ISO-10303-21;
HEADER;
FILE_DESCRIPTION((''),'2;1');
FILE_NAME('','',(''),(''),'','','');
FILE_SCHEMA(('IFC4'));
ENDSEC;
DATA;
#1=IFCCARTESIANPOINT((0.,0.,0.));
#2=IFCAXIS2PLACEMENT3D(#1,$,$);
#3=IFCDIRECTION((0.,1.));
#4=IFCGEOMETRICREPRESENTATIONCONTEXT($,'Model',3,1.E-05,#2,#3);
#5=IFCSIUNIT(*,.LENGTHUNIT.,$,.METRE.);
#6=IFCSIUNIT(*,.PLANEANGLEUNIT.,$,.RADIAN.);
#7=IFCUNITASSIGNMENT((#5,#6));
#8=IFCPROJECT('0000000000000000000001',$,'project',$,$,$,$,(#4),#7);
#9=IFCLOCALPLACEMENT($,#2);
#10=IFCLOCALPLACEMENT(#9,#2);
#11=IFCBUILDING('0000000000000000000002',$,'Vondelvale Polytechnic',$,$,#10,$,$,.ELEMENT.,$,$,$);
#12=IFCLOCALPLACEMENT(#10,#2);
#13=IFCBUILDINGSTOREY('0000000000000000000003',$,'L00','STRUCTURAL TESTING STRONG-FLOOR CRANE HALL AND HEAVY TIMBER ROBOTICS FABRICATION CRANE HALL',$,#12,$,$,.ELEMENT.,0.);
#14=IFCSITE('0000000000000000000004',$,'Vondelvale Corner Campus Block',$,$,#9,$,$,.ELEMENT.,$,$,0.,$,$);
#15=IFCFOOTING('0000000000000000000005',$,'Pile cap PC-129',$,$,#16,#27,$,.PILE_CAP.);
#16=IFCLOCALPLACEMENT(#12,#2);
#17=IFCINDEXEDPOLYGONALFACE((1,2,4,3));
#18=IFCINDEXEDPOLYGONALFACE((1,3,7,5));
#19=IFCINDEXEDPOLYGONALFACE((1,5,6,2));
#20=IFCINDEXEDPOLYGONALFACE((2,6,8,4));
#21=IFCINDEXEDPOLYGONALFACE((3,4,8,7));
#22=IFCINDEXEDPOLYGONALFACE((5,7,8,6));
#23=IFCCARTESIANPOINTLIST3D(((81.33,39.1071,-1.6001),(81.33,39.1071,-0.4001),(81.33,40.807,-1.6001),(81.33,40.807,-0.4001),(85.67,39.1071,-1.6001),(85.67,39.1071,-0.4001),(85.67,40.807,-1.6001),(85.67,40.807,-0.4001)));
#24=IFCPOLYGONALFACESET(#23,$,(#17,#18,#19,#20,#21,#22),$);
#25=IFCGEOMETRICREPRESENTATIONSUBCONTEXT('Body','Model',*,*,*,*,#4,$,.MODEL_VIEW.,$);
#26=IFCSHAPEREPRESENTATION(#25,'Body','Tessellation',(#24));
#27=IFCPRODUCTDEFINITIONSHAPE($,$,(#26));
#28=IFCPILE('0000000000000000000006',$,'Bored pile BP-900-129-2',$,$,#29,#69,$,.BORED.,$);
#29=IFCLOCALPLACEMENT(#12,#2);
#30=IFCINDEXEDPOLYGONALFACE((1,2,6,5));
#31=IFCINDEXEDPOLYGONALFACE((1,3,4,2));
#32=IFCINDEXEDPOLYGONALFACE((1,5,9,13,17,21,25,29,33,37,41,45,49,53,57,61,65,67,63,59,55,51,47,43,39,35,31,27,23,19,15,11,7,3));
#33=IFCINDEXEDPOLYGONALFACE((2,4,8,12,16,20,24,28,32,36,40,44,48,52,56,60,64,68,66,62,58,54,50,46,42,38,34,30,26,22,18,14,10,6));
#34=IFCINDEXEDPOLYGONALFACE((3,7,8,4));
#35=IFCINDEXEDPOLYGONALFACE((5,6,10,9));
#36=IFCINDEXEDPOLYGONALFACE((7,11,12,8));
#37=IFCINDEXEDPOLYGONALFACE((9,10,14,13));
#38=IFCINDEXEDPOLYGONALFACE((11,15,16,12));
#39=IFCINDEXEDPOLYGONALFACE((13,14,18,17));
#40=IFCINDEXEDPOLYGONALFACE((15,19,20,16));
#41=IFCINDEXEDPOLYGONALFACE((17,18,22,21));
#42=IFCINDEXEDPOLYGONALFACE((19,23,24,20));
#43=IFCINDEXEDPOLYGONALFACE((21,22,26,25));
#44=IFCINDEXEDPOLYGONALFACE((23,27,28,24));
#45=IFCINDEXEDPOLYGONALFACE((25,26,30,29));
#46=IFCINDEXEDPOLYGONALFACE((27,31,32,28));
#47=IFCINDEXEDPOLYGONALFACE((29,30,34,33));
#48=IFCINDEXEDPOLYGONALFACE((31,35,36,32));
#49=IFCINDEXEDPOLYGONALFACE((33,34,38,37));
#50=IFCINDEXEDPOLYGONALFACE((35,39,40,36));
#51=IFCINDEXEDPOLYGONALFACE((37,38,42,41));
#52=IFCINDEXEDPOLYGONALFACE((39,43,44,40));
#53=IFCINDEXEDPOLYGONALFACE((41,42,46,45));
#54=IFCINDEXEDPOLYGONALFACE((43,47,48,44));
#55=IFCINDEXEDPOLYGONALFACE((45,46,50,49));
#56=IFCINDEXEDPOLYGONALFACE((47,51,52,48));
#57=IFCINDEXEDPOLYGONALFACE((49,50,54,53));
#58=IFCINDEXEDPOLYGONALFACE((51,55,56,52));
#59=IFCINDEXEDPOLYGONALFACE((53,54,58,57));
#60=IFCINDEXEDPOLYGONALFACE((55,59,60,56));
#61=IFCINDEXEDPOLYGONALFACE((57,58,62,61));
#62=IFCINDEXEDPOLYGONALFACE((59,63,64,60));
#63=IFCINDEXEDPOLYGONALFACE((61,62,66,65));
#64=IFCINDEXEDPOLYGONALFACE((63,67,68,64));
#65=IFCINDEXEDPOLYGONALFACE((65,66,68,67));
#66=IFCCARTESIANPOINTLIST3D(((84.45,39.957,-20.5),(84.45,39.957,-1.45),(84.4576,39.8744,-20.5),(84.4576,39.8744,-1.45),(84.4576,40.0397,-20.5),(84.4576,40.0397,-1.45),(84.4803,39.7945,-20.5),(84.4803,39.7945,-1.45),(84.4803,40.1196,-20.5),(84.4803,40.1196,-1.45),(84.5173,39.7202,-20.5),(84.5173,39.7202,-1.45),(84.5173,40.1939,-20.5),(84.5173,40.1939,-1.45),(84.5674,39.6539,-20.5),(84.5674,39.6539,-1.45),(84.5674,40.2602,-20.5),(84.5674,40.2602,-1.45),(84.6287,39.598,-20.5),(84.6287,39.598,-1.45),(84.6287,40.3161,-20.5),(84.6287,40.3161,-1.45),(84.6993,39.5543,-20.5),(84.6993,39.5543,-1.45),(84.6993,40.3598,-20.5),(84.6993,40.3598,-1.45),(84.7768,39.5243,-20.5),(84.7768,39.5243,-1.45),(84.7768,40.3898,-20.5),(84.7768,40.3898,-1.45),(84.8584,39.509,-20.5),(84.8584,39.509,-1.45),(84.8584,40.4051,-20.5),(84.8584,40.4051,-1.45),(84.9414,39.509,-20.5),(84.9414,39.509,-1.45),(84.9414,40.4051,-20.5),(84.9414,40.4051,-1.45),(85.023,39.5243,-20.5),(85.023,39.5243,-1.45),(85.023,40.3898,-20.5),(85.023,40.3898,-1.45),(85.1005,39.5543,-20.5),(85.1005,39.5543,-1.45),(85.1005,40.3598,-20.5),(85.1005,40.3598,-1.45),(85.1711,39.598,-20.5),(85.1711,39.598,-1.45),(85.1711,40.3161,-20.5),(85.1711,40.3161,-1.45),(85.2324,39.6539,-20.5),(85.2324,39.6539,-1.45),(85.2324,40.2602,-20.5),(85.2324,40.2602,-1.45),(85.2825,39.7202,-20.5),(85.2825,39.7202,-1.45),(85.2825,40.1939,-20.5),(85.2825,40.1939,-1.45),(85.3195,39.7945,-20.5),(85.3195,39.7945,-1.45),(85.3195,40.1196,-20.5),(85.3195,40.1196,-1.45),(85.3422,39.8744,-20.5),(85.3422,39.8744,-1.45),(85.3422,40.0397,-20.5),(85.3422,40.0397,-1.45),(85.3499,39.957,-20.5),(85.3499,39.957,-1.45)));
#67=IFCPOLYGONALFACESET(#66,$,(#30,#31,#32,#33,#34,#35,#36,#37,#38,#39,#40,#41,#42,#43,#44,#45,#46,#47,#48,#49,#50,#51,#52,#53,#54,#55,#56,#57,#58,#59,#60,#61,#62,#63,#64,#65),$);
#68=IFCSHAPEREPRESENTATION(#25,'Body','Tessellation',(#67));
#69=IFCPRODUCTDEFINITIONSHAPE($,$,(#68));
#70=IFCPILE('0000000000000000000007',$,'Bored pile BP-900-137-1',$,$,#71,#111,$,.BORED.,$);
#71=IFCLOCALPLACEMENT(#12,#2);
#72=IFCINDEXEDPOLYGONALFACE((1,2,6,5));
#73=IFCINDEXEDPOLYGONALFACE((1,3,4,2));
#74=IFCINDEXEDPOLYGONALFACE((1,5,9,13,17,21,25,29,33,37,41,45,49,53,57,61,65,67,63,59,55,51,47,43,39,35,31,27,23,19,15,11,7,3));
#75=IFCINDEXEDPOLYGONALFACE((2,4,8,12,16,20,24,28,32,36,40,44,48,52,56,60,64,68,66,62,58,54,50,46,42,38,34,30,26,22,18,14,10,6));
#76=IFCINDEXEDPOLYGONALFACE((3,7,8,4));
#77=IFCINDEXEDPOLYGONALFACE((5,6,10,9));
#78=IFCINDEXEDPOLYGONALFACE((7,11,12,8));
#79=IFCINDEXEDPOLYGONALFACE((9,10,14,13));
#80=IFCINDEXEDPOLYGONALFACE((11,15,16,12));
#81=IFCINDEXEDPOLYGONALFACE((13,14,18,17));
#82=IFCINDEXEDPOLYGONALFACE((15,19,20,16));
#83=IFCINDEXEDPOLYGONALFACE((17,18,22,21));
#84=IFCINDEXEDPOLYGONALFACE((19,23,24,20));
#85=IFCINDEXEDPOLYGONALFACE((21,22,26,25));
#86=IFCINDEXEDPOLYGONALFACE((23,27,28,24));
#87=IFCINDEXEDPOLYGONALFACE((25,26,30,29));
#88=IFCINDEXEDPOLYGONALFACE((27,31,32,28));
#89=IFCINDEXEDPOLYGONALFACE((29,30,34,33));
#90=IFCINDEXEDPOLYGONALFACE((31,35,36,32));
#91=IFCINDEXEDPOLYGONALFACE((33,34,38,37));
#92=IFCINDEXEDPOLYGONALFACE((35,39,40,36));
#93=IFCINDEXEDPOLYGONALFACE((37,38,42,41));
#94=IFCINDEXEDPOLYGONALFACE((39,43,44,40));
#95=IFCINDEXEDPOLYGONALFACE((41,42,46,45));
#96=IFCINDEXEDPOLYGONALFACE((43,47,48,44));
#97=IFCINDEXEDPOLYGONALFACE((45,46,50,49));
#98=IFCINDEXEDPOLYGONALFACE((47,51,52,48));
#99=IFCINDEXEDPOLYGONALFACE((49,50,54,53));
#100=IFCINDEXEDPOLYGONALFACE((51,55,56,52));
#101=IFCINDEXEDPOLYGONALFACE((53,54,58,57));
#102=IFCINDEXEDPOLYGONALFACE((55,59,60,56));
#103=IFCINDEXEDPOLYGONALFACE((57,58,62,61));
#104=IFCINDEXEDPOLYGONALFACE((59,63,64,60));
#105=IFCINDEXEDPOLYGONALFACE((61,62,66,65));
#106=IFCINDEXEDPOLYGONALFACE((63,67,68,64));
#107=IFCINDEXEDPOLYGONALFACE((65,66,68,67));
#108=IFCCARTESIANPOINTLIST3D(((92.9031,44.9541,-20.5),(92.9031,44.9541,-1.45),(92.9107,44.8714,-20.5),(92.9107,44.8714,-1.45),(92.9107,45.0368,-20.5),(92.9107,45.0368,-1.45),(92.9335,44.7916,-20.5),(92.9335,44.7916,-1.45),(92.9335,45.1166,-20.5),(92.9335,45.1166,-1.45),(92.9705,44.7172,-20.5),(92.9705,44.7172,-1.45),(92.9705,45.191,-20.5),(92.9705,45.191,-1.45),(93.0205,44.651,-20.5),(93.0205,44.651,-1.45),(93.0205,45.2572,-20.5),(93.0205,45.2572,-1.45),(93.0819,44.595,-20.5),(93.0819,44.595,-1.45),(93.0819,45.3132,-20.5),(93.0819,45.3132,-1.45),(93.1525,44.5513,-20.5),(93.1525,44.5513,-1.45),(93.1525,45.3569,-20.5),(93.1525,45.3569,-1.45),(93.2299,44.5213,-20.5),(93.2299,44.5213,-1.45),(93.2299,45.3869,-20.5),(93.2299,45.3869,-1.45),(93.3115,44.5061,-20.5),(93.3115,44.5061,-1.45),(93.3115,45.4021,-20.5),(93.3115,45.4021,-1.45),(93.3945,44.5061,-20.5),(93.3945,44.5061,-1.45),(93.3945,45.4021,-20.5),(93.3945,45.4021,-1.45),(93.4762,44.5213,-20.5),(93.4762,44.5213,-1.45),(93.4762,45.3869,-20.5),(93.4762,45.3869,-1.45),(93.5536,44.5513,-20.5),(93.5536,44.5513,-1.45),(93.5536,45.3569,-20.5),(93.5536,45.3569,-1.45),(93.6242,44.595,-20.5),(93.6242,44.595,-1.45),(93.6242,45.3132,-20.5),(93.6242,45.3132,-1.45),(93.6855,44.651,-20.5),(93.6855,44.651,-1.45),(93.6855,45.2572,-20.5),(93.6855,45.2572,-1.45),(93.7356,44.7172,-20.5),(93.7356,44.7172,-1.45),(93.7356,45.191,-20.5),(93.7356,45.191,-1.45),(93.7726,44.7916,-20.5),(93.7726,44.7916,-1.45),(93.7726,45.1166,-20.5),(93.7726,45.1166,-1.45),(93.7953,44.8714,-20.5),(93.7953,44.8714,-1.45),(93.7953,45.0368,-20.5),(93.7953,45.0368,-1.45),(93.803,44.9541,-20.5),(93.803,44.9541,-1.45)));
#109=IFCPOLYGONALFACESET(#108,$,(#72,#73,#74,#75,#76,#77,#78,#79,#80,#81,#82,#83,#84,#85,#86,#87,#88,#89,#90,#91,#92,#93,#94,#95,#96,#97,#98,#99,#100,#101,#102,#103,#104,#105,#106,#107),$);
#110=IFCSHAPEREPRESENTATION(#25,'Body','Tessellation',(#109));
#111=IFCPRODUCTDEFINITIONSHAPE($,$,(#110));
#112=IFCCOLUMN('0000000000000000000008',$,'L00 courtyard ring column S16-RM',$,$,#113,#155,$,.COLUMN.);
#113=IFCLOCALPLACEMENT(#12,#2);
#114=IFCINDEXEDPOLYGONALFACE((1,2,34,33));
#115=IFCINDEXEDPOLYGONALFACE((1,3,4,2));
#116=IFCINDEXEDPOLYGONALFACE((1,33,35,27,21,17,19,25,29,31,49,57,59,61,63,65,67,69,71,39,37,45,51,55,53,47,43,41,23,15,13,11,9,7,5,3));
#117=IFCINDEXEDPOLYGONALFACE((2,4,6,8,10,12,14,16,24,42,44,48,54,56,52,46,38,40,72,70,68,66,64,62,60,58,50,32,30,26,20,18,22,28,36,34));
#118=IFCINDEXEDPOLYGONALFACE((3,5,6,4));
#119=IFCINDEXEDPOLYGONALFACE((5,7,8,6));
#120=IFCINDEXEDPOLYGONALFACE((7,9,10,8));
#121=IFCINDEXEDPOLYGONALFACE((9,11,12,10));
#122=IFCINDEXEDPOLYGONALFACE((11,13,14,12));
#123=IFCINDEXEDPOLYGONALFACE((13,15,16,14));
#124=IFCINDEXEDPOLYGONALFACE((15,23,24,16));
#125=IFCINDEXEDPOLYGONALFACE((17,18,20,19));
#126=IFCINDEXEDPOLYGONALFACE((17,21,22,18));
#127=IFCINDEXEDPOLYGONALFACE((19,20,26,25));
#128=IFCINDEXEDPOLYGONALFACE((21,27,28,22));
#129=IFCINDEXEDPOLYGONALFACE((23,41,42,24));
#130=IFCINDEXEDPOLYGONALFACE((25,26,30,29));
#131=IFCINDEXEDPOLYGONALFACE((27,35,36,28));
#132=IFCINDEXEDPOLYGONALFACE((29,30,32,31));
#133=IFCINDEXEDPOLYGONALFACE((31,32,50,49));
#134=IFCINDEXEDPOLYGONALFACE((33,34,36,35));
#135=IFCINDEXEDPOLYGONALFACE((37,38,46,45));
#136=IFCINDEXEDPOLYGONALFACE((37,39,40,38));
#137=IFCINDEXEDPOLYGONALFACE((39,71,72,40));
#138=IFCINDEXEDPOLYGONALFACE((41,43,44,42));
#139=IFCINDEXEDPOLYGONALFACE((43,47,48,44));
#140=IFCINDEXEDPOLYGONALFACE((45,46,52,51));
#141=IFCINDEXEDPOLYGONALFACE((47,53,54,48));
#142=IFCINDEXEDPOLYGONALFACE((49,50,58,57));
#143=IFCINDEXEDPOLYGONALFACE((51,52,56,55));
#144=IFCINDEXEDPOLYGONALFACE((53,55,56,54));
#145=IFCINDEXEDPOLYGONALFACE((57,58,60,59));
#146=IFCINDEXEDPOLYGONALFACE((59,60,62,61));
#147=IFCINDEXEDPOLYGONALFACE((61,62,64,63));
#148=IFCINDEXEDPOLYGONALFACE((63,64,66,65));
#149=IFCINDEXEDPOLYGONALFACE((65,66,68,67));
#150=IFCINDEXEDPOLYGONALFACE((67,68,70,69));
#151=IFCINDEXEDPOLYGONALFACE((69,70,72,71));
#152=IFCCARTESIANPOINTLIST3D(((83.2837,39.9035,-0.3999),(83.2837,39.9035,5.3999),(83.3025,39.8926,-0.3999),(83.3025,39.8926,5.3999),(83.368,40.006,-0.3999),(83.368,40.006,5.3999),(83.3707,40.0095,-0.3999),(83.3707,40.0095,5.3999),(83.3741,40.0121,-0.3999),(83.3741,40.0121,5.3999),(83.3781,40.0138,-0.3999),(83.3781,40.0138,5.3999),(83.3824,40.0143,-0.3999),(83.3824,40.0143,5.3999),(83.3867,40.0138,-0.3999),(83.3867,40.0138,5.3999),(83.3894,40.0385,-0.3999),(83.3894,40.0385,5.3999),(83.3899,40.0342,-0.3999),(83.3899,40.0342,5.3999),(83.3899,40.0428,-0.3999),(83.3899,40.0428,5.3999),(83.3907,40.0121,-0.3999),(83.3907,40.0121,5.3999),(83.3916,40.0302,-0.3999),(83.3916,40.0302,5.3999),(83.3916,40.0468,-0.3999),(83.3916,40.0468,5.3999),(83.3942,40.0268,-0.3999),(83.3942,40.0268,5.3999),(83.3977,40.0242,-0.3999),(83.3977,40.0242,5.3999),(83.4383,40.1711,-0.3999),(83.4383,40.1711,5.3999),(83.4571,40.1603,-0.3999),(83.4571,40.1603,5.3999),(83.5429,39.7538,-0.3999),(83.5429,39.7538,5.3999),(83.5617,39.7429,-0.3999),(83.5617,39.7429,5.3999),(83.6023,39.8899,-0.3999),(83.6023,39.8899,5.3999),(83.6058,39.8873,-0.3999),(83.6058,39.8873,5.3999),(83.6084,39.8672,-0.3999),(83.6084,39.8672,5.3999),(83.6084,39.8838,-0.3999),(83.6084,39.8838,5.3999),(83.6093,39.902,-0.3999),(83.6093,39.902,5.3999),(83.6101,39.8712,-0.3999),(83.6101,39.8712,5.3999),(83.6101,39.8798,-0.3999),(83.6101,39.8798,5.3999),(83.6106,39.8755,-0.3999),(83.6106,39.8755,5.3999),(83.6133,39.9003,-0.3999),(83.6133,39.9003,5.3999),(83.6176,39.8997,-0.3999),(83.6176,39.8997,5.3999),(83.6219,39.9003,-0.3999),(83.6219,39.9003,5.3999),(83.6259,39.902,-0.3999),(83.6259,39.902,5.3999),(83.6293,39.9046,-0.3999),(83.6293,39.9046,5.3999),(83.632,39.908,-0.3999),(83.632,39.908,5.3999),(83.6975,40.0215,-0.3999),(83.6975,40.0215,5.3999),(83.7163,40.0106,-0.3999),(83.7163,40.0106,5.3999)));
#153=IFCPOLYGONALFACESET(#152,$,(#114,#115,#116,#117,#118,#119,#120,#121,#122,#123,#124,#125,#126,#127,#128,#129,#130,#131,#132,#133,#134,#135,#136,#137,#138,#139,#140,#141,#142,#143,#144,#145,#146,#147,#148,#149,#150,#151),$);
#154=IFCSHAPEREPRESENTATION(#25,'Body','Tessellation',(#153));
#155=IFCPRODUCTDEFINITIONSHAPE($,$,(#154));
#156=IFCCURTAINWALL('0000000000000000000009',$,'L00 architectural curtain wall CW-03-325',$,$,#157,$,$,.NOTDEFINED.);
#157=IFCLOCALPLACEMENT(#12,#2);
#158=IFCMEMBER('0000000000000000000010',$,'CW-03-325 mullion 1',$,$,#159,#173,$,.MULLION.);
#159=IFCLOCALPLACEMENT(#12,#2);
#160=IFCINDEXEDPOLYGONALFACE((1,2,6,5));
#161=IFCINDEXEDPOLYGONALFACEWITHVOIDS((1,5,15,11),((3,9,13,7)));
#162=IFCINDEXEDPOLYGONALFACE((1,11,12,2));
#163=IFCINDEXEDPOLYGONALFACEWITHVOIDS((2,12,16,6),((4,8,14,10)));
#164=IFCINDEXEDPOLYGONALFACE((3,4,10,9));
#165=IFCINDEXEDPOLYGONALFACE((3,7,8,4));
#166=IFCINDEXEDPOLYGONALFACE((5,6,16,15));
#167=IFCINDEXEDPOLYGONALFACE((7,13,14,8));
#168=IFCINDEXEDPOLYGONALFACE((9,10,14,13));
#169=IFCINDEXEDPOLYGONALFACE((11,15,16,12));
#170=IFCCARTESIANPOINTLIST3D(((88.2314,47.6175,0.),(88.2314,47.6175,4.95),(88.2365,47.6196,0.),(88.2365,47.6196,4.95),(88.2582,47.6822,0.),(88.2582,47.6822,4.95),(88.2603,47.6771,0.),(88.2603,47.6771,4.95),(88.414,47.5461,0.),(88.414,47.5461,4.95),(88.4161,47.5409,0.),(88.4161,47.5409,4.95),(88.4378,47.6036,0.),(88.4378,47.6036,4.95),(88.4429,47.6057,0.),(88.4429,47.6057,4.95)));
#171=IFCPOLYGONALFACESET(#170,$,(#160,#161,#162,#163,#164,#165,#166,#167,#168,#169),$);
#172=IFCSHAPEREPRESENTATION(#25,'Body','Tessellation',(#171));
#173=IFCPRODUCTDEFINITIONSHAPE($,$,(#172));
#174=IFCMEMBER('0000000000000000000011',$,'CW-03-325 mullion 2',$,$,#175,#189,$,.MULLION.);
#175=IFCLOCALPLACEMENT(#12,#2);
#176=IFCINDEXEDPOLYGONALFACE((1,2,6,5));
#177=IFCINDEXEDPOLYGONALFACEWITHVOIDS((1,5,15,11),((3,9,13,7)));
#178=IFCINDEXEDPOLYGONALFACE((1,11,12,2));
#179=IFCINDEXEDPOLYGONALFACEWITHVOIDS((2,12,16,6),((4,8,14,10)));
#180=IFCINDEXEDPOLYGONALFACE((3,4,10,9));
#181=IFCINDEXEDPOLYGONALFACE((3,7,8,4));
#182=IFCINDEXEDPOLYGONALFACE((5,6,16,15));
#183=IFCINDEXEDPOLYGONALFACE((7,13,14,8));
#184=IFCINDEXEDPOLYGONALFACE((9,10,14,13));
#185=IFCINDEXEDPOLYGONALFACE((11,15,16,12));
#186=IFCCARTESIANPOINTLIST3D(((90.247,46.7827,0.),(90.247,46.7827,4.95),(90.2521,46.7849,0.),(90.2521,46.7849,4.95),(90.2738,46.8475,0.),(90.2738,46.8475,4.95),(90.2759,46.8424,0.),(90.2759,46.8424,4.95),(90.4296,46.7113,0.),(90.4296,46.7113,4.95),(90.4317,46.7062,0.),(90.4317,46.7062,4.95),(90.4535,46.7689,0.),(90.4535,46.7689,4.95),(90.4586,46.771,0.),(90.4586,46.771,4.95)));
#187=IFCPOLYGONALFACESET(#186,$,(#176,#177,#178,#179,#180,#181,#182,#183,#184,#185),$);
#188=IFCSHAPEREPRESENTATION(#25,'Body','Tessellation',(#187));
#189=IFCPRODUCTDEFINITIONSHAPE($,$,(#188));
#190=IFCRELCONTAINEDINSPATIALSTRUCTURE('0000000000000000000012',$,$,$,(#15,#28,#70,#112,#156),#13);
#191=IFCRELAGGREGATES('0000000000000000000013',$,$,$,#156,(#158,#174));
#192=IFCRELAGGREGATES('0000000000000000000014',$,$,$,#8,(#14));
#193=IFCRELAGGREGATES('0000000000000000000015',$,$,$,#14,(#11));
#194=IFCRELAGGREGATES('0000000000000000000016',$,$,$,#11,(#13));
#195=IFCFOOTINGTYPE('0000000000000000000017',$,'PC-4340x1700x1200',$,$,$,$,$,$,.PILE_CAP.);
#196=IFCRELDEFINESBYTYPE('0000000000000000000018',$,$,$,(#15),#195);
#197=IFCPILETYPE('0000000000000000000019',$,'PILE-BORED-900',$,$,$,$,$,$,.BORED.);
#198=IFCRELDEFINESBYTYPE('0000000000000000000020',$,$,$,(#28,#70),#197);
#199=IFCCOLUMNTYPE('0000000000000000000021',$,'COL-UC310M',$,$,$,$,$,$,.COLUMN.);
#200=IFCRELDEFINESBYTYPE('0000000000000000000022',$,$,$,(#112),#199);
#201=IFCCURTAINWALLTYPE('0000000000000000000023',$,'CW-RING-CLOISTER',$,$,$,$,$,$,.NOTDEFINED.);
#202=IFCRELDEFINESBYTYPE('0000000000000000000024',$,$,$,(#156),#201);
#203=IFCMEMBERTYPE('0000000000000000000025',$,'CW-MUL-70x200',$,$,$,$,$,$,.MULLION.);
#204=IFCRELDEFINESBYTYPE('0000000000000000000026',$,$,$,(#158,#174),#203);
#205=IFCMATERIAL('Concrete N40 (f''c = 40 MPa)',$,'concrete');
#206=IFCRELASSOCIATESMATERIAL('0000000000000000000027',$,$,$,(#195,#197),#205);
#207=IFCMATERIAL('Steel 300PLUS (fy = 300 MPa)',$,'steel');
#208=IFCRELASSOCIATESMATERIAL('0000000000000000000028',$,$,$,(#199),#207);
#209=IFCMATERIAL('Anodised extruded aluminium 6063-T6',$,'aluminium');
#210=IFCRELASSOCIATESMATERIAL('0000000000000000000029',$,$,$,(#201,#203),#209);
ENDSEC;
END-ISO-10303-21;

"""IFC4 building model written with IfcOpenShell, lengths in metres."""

from ifc_helpers import new_model, si_unit, direction, frame, origin, origin_2d, place, context, subcontext, project, spatial, rectangle, hollow_rectangle, circle, i_section, extrude, material, material_profile, profile_set, type_object, element, aggregate, save


model = new_model("IFC4")

# Units and contexts
model_context = context("Model", 3, precision=1e-05, world=origin(), true_north=direction((0.0, 1.0)))
body_context = subcontext(model_context, "Body", "Model", "MODEL_VIEW")
ifc_project = project(units=[si_unit("LENGTHUNIT", "METRE"), si_unit("PLANEANGLEUNIT", "RADIAN")], contexts=[model_context])

# Site, building, storey
site_placement = place(None, origin())
site = spatial("IfcSite", under=ifc_project, at=site_placement, Name="Vondelvale Corner Campus Block", CompositionType="ELEMENT", RefElevation=0.0)
building_placement = place(site_placement, origin())
building = spatial("IfcBuilding", under=site, at=building_placement, Name="Vondelvale Polytechnic", CompositionType="ELEMENT")
storey_placement = place(building_placement, origin())
storey = spatial("IfcBuildingStorey", under=building, at=storey_placement, Name="L00", Description="STRUCTURAL TESTING STRONG-FLOOR CRANE HALL AND HEAVY TIMBER ROBOTICS FABRICATION CRANE HALL", CompositionType="ELEMENT", Elevation=0.0)

# Footing
ifc_material_1 = material(Name="Concrete N40 (f'c = 40 MPa)", Category="concrete")
footing_type = type_object("IfcFootingType", Name="PC-4340x1700x1200", PredefinedType="PILE_CAP", material=ifc_material_1)
footing_placement = place(storey_placement, frame((83.5, 39.957, -1.6001), z_axis=(0.0, 0.0, 1.0), x_axis=(1.0, 0.0, 0.0)))
element("IfcFooting", 1, at=footing_placement, inside=storey, type_object=footing_type, Name="Pile cap PC-129", PredefinedType="PILE_CAP", context=body_context, shape_type="SweptSolid", body=[
    extrude(rectangle(XDim=4.3401, YDim=1.7, at=origin_2d()), origin(), (0.0, 0.0, 1.0), 1.2),
])

# Piles
ifc_material_profile_1 = material_profile(ifc_material_1, circle(Radius=0.45, at=origin_2d()), Name="PILE-D900")
ifc_profile_set_1 = profile_set([ifc_material_profile_1], Name="Concrete N40 (f'c = 40 MPa)")
pile_type = type_object("IfcPileType", Name="PILE-BORED-900", PredefinedType="BORED", material=ifc_profile_set_1)
for number, where, z_axis, x_axis, name in (
    (2, (84.8999, 39.957, -1.45), (0.0, 0.0, -1.0), (1.0, 0.0, 0.0), "Bored pile BP-900-129-2"),
    (3, (93.353, 44.9541, -1.45), (0.0, 0.0, -1.0), (1.0, 0.0, 0.0), "Bored pile BP-900-137-1"),
):
    element("IfcPile", number, at=place(storey_placement, frame(where, z_axis=z_axis, x_axis=x_axis)), inside=storey, type_object=pile_type, Name=name, PredefinedType="BORED", context=body_context, shape_type="SweptSolid", body=[
        extrude(circle(Radius=0.45, at=origin_2d()), origin(), (0.0, 0.0, 1.0), 19.05),
    ])

# Column
ifc_material_2 = material(Name="Steel 300PLUS (fy = 300 MPa)", Category="steel")
ifc_material_profile_2 = material_profile(ifc_material_2, i_section(OverallWidth=0.3091, OverallDepth=0.321, WebThickness=0.0139, FlangeThickness=0.0217, FilletRadius=0.0166, at=origin_2d()), Name="310UC137")
ifc_profile_set_2 = profile_set([ifc_material_profile_2], Name="Steel 300PLUS (fy = 300 MPa)")
column_type = type_object("IfcColumnType", Name="COL-UC310M", PredefinedType="COLUMN", material=ifc_profile_set_2)
column_placement = place(storey_placement, frame((83.5, 39.957, -0.3999), z_axis=(0.0, 0.0, 1.0), x_axis=(0.5, 0.866025, 0.0)))
element("IfcColumn", 4, at=column_placement, inside=storey, type_object=column_type, Name="L00 courtyard ring column S16-RM", PredefinedType="COLUMN", context=body_context, shape_type="SweptSolid", body=[
    extrude(i_section(OverallWidth=0.3091, OverallDepth=0.321, WebThickness=0.0139, FlangeThickness=0.0217, FilletRadius=0.0166, at=origin_2d()), origin(), (0.0, 0.0, 1.0), 5.7998),
])

# Curtain wall, members
ifc_material_3 = material(Name="Anodised extruded aluminium 6063-T6", Category="aluminium")
curtain_wall_type = type_object("IfcCurtainWallType", Name="CW-RING-CLOISTER", PredefinedType="NOTDEFINED", material=ifc_material_3)
curtain_wall_placement = place(storey_placement, origin())
curtain_wall = element("IfcCurtainWall", 5, at=curtain_wall_placement, inside=storey, type_object=curtain_wall_type, Name="L00 architectural curtain wall CW-03-325", PredefinedType="NOTDEFINED")
ifc_material_profile_3 = material_profile(ifc_material_3, hollow_rectangle(XDim=0.0701, YDim=0.2, WallThickness=0.0039, at=origin_2d()), Name="CW-MUL-200x70")
ifc_profile_set_3 = profile_set([ifc_material_profile_3], Name="Anodised extruded aluminium 6063-T6")
member_type_1 = type_object("IfcMemberType", Name="CW-MUL-70x200", PredefinedType="MULLION", material=ifc_profile_set_3)
member_1_placement = place(storey_placement, frame((88.3372, 47.6116, 0.0), z_axis=(0.0, 0.0, 1.0), x_axis=(0.382679, 0.923882, 0.0)))
member_1 = element("IfcMember", 6, at=member_1_placement, type_object=member_type_1, Name="CW-03-325 mullion 1", PredefinedType="MULLION", context=body_context, shape_type="SweptSolid", body=[
    extrude(hollow_rectangle(XDim=0.0701, YDim=0.2, WallThickness=0.0039, at=origin_2d()), origin(), (0.0, 0.0, 1.0), 4.95),
])
member_2_placement = place(storey_placement, frame((90.3528, 46.7769, 0.0), z_axis=(0.0, 0.0, 1.0), x_axis=(0.382679, 0.923882, 0.0)))
member_2 = element("IfcMember", 7, at=member_2_placement, type_object=member_type_1, Name="CW-03-325 mullion 2", PredefinedType="MULLION", context=body_context, shape_type="SweptSolid", body=[
    extrude(hollow_rectangle(XDim=0.0701, YDim=0.2, WallThickness=0.0039, at=origin_2d()), origin(), (0.0, 0.0, 1.0), 4.95),
])
aggregate(curtain_wall, [member_1, member_2])

save(model, "model.ifc")
